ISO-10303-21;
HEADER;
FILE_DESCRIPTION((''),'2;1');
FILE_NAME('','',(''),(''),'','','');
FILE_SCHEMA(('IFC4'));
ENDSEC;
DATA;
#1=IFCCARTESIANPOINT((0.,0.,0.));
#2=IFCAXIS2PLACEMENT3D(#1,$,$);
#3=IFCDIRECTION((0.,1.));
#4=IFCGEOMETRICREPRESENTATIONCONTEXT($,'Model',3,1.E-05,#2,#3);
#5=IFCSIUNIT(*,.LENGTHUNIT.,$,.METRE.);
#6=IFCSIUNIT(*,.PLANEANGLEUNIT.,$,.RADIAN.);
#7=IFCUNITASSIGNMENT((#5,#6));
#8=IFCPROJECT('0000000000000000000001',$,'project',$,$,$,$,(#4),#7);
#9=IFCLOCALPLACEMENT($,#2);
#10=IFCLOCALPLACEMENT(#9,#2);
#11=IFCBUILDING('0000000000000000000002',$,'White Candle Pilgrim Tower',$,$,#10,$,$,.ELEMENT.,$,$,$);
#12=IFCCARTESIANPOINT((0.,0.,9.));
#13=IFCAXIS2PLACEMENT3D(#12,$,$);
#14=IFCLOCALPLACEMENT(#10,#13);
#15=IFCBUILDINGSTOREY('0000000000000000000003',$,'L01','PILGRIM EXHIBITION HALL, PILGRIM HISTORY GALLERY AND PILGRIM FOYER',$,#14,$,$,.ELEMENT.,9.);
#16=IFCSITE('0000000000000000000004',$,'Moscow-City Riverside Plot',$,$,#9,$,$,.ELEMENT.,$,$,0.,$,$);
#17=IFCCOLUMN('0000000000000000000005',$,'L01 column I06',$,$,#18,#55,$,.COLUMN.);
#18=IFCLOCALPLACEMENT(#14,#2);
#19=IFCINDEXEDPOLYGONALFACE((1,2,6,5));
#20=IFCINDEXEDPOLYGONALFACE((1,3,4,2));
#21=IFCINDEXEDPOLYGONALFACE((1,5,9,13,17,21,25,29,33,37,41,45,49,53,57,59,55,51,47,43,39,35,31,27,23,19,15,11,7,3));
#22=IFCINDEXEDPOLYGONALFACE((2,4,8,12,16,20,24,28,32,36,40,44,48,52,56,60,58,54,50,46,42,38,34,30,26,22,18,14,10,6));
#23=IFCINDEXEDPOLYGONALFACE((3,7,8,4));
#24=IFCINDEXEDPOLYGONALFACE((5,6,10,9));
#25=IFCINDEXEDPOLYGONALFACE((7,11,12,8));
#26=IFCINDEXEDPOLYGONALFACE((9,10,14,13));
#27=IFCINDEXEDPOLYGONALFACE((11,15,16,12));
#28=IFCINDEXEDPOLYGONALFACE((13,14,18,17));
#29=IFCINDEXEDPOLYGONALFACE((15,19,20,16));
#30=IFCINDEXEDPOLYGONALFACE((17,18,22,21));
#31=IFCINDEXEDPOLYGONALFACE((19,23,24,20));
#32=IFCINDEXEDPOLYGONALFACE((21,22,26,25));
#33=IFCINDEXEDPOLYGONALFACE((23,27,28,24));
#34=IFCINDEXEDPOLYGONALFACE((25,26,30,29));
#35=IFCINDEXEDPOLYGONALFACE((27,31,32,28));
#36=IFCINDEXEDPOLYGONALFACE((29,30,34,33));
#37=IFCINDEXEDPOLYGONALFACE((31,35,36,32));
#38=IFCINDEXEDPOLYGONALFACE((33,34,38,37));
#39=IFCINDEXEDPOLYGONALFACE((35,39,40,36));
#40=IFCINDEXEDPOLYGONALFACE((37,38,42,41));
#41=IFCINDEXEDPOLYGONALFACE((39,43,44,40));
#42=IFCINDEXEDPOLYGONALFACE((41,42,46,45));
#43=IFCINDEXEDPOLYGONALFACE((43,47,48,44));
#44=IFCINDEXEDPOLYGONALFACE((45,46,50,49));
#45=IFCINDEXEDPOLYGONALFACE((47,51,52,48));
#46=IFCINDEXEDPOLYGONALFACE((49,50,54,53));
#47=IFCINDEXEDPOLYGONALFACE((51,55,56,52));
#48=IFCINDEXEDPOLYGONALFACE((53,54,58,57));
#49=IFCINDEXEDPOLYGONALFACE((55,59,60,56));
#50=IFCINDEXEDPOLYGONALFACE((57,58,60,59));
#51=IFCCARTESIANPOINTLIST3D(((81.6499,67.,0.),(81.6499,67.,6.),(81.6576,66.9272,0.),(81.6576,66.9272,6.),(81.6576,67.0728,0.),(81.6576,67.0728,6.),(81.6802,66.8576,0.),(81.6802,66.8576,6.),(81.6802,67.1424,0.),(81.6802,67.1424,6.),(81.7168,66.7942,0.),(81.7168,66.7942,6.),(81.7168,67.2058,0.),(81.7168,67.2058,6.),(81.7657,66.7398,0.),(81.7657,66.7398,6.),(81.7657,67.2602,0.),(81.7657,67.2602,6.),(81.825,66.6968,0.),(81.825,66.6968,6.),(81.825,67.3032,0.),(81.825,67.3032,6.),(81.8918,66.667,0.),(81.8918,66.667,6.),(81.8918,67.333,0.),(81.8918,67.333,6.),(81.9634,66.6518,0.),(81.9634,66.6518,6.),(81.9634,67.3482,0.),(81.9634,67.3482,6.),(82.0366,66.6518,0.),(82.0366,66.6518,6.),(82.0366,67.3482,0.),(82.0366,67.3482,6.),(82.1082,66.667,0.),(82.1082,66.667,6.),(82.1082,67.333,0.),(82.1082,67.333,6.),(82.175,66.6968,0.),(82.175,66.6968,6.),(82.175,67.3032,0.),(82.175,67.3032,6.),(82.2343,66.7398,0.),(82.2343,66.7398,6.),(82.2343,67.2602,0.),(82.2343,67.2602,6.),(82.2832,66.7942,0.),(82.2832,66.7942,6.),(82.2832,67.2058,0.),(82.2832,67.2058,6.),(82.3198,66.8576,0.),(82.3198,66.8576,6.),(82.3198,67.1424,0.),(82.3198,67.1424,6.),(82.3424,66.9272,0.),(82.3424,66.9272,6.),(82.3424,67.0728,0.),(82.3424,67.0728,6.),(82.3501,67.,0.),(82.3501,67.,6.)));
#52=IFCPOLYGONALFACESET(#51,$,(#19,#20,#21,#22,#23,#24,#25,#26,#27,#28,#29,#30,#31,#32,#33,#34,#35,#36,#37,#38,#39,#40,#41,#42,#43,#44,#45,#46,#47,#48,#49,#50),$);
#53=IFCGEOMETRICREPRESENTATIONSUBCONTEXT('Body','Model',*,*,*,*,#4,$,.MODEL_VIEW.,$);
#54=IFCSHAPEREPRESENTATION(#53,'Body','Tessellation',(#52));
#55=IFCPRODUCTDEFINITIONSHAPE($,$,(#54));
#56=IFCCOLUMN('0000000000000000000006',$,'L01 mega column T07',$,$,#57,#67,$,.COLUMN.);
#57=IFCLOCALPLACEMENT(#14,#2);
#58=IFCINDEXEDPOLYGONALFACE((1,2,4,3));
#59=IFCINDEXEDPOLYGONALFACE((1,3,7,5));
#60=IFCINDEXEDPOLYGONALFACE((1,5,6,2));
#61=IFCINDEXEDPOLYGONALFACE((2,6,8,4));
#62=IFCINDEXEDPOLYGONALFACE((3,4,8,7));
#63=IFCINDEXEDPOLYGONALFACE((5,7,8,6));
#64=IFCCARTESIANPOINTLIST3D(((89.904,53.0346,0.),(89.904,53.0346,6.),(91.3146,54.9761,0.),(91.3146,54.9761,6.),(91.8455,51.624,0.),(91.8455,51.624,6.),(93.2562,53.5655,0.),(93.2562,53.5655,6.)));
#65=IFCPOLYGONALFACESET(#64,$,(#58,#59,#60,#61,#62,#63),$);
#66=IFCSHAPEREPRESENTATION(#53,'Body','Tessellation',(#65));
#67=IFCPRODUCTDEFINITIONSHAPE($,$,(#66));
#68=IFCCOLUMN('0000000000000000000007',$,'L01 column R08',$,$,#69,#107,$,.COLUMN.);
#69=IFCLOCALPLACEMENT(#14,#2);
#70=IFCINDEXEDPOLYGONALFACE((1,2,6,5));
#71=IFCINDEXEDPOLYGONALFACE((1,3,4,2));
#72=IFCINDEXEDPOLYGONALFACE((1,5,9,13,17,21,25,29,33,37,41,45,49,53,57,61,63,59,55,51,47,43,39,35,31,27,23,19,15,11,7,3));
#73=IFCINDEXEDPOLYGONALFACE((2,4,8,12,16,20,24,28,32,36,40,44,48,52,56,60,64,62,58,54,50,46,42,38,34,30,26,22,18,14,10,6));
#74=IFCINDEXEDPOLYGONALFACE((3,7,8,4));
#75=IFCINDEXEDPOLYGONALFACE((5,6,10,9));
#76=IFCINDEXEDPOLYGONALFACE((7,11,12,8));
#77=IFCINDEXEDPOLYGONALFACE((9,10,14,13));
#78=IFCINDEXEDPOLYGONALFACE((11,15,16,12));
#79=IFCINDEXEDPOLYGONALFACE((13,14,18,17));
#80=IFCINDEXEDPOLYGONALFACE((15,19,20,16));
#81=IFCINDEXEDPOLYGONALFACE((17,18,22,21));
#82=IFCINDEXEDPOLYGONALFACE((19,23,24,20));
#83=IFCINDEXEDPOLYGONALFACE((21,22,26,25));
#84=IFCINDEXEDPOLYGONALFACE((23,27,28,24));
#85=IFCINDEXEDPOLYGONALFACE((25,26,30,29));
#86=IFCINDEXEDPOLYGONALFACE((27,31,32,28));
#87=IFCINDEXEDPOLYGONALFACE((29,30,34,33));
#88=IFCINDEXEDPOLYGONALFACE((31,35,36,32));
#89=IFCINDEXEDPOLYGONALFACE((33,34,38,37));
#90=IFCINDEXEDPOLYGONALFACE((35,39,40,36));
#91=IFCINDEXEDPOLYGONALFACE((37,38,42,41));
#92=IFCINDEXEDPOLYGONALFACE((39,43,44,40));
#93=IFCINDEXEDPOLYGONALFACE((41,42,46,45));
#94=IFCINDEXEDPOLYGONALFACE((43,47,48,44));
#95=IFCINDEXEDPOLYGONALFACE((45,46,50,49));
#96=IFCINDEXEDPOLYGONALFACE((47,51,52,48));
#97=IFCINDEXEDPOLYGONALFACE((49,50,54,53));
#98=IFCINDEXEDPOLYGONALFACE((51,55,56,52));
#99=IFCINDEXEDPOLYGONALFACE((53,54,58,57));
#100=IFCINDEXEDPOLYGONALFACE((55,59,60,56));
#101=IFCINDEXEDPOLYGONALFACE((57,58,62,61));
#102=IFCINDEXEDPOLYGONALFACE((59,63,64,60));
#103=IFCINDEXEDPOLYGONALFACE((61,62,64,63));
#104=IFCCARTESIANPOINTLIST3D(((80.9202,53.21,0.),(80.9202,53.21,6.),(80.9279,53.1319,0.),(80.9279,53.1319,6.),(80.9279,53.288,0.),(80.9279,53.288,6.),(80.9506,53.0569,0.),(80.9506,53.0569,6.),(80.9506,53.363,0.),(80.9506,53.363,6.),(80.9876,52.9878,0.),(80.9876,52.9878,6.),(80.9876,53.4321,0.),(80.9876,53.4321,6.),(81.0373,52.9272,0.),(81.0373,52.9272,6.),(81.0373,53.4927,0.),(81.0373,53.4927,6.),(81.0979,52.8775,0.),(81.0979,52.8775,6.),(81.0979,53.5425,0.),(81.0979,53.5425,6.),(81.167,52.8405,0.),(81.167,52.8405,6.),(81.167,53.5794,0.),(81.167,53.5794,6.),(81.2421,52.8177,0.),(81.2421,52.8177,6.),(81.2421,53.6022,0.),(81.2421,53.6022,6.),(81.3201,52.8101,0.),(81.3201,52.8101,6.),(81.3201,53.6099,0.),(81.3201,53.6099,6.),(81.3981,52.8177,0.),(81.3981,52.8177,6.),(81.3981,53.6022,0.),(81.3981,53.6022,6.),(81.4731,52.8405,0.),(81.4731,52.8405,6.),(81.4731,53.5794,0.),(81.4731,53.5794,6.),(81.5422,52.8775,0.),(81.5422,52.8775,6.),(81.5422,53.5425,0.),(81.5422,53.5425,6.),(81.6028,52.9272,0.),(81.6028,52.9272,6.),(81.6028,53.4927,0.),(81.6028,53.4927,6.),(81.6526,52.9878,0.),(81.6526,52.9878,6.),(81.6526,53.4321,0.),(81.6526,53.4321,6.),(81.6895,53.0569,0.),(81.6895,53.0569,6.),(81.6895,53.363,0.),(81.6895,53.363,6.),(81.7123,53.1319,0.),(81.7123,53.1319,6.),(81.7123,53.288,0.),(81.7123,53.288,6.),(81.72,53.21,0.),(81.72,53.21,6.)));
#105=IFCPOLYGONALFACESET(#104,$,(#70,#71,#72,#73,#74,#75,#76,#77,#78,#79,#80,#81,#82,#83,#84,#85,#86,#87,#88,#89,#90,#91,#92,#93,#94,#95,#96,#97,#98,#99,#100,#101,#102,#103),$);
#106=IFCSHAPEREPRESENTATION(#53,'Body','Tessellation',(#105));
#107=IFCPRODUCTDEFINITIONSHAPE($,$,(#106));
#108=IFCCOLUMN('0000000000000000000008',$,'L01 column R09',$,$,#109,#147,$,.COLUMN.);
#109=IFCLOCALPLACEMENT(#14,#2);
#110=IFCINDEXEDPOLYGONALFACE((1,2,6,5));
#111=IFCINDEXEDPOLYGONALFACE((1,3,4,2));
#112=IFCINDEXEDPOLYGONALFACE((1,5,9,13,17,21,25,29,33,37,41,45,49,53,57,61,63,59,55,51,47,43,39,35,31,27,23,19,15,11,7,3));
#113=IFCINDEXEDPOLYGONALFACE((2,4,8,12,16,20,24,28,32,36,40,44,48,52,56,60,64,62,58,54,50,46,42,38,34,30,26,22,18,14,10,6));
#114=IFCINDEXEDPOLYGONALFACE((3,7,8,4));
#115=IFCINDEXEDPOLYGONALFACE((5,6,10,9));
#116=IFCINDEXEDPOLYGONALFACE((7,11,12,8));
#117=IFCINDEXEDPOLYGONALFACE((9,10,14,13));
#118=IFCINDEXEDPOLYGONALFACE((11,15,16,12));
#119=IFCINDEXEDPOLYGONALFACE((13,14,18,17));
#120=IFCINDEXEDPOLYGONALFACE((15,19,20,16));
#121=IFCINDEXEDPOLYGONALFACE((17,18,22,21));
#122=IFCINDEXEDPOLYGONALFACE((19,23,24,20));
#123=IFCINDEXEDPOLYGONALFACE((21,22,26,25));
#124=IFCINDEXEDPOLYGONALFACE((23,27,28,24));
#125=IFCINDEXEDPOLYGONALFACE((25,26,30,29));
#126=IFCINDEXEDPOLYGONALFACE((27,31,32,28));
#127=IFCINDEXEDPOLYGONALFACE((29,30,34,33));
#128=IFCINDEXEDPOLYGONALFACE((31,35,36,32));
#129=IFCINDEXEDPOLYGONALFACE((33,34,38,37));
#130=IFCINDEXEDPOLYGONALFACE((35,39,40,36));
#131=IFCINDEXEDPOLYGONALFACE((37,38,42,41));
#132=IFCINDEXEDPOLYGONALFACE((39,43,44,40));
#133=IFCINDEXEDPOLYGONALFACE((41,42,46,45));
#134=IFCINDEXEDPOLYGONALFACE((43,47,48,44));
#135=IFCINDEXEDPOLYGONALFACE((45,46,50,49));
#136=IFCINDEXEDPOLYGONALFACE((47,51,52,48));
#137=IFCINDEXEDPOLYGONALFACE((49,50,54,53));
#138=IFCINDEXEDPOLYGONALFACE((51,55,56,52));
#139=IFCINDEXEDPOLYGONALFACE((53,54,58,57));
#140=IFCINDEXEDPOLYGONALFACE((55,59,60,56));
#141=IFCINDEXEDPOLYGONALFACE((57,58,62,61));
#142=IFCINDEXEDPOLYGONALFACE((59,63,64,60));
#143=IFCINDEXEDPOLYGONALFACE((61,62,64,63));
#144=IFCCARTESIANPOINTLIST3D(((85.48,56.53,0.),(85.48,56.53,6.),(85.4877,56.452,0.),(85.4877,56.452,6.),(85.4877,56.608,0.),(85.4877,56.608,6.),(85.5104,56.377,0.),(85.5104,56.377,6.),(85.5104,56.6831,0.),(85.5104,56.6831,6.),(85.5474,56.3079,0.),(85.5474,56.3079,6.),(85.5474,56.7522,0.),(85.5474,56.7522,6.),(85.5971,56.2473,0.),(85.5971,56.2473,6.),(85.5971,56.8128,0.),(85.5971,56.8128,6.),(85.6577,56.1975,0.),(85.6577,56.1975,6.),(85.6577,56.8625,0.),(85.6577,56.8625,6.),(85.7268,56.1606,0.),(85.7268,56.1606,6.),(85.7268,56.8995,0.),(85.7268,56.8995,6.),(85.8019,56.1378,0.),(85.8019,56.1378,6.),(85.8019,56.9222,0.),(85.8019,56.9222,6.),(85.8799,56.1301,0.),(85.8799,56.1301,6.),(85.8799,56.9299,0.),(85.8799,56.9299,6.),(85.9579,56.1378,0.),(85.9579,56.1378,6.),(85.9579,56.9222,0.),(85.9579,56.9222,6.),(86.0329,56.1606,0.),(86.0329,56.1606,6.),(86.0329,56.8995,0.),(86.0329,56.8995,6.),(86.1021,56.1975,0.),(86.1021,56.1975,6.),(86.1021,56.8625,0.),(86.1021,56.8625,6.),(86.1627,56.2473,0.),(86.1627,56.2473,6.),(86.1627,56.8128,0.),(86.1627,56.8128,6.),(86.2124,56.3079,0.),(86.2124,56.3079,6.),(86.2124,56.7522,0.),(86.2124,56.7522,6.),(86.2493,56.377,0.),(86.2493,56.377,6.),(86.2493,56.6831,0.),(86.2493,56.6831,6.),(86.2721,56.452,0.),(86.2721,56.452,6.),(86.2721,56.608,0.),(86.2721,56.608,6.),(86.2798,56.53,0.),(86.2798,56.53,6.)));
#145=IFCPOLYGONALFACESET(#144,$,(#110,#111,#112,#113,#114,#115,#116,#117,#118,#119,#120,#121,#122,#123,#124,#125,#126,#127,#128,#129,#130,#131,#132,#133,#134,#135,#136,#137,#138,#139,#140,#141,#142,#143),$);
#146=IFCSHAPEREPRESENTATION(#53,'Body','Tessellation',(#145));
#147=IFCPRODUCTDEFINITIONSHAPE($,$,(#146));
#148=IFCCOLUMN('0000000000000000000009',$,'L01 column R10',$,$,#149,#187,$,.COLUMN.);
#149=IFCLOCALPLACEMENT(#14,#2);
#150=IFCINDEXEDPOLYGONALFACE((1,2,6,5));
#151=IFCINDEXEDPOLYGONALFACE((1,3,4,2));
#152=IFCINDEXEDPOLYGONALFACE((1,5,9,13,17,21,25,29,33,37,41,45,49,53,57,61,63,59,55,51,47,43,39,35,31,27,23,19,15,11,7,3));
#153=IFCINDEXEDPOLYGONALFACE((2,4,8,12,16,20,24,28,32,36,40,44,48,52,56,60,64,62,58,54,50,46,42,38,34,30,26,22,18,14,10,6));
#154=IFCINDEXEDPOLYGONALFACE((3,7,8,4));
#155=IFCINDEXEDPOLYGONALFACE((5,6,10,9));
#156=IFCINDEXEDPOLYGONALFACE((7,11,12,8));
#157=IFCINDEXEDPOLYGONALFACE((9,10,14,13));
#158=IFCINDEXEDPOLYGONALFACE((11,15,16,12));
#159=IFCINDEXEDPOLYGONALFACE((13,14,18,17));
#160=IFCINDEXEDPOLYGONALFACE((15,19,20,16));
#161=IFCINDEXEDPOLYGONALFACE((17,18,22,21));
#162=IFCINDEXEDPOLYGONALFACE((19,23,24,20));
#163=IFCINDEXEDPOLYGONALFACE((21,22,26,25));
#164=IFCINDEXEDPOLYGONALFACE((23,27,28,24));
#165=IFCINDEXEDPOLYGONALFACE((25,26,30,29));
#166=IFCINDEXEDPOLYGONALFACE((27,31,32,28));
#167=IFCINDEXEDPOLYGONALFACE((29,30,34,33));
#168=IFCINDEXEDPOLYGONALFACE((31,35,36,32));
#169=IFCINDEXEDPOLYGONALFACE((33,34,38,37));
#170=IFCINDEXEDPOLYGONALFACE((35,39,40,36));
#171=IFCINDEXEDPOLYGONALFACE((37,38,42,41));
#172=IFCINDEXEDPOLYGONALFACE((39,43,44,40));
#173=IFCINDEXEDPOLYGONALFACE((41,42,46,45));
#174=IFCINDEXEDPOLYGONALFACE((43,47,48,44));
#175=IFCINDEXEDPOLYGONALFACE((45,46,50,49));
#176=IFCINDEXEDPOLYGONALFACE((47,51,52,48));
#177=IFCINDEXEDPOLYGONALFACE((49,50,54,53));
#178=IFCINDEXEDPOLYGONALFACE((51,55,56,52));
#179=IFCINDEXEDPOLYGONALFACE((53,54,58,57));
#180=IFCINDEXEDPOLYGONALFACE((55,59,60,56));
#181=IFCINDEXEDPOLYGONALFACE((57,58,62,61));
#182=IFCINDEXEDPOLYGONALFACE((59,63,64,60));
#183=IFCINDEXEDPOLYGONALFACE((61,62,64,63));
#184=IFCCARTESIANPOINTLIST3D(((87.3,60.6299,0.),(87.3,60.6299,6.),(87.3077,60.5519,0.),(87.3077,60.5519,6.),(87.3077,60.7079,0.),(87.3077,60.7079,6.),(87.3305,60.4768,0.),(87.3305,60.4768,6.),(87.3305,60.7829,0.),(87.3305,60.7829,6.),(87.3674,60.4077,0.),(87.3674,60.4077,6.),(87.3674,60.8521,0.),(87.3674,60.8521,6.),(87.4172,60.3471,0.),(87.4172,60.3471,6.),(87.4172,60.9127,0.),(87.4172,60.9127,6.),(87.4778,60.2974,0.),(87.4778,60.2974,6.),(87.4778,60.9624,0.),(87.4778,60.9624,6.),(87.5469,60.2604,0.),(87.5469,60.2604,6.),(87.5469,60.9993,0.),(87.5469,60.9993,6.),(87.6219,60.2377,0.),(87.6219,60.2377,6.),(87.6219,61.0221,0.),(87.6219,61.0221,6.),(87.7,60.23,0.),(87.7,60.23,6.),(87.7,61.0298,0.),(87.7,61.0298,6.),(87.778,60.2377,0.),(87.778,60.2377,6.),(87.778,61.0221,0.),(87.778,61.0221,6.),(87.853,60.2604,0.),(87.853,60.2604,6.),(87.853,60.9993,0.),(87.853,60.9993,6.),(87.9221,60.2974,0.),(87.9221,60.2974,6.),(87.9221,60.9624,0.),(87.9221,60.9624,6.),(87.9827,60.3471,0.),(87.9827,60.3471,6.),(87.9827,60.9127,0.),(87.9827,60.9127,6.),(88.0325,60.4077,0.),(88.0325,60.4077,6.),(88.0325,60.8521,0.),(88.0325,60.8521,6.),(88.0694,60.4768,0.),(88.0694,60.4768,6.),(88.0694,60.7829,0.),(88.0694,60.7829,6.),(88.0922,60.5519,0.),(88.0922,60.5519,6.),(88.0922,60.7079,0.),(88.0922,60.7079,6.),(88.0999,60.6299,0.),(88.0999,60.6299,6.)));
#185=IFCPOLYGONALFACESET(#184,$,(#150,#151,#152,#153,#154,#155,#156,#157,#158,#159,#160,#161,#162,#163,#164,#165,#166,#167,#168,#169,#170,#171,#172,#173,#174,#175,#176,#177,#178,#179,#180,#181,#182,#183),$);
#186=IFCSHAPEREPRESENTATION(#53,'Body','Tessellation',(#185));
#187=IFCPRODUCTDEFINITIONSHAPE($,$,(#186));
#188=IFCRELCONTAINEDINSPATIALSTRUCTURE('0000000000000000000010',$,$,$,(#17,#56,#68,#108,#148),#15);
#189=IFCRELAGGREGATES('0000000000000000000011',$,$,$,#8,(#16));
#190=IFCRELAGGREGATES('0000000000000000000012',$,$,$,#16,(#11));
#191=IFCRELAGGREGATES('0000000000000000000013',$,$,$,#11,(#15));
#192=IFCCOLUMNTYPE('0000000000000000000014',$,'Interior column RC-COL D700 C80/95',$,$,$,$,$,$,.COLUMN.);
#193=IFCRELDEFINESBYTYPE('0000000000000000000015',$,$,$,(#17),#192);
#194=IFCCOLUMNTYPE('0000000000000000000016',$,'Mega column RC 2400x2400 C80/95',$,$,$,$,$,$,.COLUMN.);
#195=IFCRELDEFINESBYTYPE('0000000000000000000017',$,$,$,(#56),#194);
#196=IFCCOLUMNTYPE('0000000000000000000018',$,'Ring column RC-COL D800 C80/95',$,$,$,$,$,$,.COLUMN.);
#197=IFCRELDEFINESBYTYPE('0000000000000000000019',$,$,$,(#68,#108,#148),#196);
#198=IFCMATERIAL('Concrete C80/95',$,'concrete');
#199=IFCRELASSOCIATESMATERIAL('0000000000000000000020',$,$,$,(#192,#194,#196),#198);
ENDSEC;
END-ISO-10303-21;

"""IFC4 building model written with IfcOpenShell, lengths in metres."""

from ifc_helpers import new_model, si_unit, direction, frame, origin, origin_2d, place, context, subcontext, project, spatial, rectangle, circle, extrude, material, material_profile, profile_set, type_object, element, save


model = new_model("IFC4")

# Units and contexts
model_context = context("Model", 3, precision=1e-05, world=origin(), true_north=direction((0.0, 1.0)))
body_context = subcontext(model_context, "Body", "Model", "MODEL_VIEW")
ifc_project = project(units=[si_unit("LENGTHUNIT", "METRE"), si_unit("PLANEANGLEUNIT", "RADIAN")], contexts=[model_context])

# Site, building, storey
site_placement = place(None, origin())
site = spatial("IfcSite", under=ifc_project, at=site_placement, Name="Moscow-City Riverside Plot", CompositionType="ELEMENT", RefElevation=0.0)
building_placement = place(site_placement, origin())
building = spatial("IfcBuilding", under=site, at=building_placement, Name="White Candle Pilgrim Tower", CompositionType="ELEMENT")
storey_placement = place(building_placement, frame((0.0, 0.0, 9.0)))
storey = spatial("IfcBuildingStorey", under=building, at=storey_placement, Name="L01", Description="PILGRIM EXHIBITION HALL, PILGRIM HISTORY GALLERY AND PILGRIM FOYER", CompositionType="ELEMENT", Elevation=9.0)

# Columns
ifc_material_1 = material(Name="Concrete C80/95", Category="concrete")
ifc_material_profile_1 = material_profile(ifc_material_1, circle(Radius=0.3501, at=origin_2d()), Name="RC-COL D700")
ifc_profile_set_1 = profile_set([ifc_material_profile_1], Name="Concrete C80/95")
column_type_1 = type_object("IfcColumnType", Name="Interior column RC-COL D700 C80/95", PredefinedType="COLUMN", material=ifc_profile_set_1)
column_1_placement = place(storey_placement, frame((82.0, 67.0, 0.0), z_axis=(0.0, 0.0, 1.0), x_axis=(1.0, 0.0, 0.0)))
element("IfcColumn", 1, at=column_1_placement, inside=storey, type_object=column_type_1, Name="L01 column I06", PredefinedType="COLUMN", context=body_context, shape_type="SweptSolid", body=[
    extrude(circle(Radius=0.3501, at=origin_2d()), origin(), (0.0, 0.0, 1.0), 6.0),
])
ifc_material_profile_2 = material_profile(ifc_material_1, rectangle(XDim=2.3999, YDim=2.3999, at=origin_2d()), Name="RC 2400x2400")
ifc_profile_set_2 = profile_set([ifc_material_profile_2], Name="Concrete C80/95")
column_type_2 = type_object("IfcColumnType", Name="Mega column RC 2400x2400 C80/95", PredefinedType="COLUMN", material=ifc_profile_set_2)
column_2_placement = place(storey_placement, frame((91.5801, 53.3, 0.0), z_axis=(0.0, 0.0, 1.0), x_axis=(0.809017, -0.587785, 0.0)))
element("IfcColumn", 2, at=column_2_placement, inside=storey, type_object=column_type_2, Name="L01 mega column T07", PredefinedType="COLUMN", context=body_context, shape_type="SweptSolid", body=[
    extrude(rectangle(XDim=2.3999, YDim=2.3999, at=origin_2d()), origin(), (0.0, 0.0, 1.0), 6.0),
])
ifc_material_profile_3 = material_profile(ifc_material_1, circle(Radius=0.3999, at=origin_2d()), Name="RC-COL D800")
ifc_profile_set_3 = profile_set([ifc_material_profile_3], Name="Concrete C80/95")
column_type_3 = type_object("IfcColumnType", Name="Ring column RC-COL D800 C80/95", PredefinedType="COLUMN", material=ifc_profile_set_3)
for number, where, z_axis, x_axis, name in (
    (3, (81.3201, 53.21, 0.0), (0.0, 0.0, 1.0), (1.0, 0.0, 0.0), "L01 column R08"),
    (4, (85.8799, 56.53, 0.0), (0.0, 0.0, 1.0), (1.0, 0.0, 0.0), "L01 column R09"),
    (5, (87.7, 60.6299, 0.0), (0.0, 0.0, 1.0), (1.0, 0.0, 0.0), "L01 column R10"),
):
    element("IfcColumn", number, at=place(storey_placement, frame(where, z_axis=z_axis, x_axis=x_axis)), inside=storey, type_object=column_type_3, Name=name, PredefinedType="COLUMN", context=body_context, shape_type="SweptSolid", body=[
        extrude(circle(Radius=0.3999, at=origin_2d()), origin(), (0.0, 0.0, 1.0), 6.0),
    ])

save(model, "model.ifc")
